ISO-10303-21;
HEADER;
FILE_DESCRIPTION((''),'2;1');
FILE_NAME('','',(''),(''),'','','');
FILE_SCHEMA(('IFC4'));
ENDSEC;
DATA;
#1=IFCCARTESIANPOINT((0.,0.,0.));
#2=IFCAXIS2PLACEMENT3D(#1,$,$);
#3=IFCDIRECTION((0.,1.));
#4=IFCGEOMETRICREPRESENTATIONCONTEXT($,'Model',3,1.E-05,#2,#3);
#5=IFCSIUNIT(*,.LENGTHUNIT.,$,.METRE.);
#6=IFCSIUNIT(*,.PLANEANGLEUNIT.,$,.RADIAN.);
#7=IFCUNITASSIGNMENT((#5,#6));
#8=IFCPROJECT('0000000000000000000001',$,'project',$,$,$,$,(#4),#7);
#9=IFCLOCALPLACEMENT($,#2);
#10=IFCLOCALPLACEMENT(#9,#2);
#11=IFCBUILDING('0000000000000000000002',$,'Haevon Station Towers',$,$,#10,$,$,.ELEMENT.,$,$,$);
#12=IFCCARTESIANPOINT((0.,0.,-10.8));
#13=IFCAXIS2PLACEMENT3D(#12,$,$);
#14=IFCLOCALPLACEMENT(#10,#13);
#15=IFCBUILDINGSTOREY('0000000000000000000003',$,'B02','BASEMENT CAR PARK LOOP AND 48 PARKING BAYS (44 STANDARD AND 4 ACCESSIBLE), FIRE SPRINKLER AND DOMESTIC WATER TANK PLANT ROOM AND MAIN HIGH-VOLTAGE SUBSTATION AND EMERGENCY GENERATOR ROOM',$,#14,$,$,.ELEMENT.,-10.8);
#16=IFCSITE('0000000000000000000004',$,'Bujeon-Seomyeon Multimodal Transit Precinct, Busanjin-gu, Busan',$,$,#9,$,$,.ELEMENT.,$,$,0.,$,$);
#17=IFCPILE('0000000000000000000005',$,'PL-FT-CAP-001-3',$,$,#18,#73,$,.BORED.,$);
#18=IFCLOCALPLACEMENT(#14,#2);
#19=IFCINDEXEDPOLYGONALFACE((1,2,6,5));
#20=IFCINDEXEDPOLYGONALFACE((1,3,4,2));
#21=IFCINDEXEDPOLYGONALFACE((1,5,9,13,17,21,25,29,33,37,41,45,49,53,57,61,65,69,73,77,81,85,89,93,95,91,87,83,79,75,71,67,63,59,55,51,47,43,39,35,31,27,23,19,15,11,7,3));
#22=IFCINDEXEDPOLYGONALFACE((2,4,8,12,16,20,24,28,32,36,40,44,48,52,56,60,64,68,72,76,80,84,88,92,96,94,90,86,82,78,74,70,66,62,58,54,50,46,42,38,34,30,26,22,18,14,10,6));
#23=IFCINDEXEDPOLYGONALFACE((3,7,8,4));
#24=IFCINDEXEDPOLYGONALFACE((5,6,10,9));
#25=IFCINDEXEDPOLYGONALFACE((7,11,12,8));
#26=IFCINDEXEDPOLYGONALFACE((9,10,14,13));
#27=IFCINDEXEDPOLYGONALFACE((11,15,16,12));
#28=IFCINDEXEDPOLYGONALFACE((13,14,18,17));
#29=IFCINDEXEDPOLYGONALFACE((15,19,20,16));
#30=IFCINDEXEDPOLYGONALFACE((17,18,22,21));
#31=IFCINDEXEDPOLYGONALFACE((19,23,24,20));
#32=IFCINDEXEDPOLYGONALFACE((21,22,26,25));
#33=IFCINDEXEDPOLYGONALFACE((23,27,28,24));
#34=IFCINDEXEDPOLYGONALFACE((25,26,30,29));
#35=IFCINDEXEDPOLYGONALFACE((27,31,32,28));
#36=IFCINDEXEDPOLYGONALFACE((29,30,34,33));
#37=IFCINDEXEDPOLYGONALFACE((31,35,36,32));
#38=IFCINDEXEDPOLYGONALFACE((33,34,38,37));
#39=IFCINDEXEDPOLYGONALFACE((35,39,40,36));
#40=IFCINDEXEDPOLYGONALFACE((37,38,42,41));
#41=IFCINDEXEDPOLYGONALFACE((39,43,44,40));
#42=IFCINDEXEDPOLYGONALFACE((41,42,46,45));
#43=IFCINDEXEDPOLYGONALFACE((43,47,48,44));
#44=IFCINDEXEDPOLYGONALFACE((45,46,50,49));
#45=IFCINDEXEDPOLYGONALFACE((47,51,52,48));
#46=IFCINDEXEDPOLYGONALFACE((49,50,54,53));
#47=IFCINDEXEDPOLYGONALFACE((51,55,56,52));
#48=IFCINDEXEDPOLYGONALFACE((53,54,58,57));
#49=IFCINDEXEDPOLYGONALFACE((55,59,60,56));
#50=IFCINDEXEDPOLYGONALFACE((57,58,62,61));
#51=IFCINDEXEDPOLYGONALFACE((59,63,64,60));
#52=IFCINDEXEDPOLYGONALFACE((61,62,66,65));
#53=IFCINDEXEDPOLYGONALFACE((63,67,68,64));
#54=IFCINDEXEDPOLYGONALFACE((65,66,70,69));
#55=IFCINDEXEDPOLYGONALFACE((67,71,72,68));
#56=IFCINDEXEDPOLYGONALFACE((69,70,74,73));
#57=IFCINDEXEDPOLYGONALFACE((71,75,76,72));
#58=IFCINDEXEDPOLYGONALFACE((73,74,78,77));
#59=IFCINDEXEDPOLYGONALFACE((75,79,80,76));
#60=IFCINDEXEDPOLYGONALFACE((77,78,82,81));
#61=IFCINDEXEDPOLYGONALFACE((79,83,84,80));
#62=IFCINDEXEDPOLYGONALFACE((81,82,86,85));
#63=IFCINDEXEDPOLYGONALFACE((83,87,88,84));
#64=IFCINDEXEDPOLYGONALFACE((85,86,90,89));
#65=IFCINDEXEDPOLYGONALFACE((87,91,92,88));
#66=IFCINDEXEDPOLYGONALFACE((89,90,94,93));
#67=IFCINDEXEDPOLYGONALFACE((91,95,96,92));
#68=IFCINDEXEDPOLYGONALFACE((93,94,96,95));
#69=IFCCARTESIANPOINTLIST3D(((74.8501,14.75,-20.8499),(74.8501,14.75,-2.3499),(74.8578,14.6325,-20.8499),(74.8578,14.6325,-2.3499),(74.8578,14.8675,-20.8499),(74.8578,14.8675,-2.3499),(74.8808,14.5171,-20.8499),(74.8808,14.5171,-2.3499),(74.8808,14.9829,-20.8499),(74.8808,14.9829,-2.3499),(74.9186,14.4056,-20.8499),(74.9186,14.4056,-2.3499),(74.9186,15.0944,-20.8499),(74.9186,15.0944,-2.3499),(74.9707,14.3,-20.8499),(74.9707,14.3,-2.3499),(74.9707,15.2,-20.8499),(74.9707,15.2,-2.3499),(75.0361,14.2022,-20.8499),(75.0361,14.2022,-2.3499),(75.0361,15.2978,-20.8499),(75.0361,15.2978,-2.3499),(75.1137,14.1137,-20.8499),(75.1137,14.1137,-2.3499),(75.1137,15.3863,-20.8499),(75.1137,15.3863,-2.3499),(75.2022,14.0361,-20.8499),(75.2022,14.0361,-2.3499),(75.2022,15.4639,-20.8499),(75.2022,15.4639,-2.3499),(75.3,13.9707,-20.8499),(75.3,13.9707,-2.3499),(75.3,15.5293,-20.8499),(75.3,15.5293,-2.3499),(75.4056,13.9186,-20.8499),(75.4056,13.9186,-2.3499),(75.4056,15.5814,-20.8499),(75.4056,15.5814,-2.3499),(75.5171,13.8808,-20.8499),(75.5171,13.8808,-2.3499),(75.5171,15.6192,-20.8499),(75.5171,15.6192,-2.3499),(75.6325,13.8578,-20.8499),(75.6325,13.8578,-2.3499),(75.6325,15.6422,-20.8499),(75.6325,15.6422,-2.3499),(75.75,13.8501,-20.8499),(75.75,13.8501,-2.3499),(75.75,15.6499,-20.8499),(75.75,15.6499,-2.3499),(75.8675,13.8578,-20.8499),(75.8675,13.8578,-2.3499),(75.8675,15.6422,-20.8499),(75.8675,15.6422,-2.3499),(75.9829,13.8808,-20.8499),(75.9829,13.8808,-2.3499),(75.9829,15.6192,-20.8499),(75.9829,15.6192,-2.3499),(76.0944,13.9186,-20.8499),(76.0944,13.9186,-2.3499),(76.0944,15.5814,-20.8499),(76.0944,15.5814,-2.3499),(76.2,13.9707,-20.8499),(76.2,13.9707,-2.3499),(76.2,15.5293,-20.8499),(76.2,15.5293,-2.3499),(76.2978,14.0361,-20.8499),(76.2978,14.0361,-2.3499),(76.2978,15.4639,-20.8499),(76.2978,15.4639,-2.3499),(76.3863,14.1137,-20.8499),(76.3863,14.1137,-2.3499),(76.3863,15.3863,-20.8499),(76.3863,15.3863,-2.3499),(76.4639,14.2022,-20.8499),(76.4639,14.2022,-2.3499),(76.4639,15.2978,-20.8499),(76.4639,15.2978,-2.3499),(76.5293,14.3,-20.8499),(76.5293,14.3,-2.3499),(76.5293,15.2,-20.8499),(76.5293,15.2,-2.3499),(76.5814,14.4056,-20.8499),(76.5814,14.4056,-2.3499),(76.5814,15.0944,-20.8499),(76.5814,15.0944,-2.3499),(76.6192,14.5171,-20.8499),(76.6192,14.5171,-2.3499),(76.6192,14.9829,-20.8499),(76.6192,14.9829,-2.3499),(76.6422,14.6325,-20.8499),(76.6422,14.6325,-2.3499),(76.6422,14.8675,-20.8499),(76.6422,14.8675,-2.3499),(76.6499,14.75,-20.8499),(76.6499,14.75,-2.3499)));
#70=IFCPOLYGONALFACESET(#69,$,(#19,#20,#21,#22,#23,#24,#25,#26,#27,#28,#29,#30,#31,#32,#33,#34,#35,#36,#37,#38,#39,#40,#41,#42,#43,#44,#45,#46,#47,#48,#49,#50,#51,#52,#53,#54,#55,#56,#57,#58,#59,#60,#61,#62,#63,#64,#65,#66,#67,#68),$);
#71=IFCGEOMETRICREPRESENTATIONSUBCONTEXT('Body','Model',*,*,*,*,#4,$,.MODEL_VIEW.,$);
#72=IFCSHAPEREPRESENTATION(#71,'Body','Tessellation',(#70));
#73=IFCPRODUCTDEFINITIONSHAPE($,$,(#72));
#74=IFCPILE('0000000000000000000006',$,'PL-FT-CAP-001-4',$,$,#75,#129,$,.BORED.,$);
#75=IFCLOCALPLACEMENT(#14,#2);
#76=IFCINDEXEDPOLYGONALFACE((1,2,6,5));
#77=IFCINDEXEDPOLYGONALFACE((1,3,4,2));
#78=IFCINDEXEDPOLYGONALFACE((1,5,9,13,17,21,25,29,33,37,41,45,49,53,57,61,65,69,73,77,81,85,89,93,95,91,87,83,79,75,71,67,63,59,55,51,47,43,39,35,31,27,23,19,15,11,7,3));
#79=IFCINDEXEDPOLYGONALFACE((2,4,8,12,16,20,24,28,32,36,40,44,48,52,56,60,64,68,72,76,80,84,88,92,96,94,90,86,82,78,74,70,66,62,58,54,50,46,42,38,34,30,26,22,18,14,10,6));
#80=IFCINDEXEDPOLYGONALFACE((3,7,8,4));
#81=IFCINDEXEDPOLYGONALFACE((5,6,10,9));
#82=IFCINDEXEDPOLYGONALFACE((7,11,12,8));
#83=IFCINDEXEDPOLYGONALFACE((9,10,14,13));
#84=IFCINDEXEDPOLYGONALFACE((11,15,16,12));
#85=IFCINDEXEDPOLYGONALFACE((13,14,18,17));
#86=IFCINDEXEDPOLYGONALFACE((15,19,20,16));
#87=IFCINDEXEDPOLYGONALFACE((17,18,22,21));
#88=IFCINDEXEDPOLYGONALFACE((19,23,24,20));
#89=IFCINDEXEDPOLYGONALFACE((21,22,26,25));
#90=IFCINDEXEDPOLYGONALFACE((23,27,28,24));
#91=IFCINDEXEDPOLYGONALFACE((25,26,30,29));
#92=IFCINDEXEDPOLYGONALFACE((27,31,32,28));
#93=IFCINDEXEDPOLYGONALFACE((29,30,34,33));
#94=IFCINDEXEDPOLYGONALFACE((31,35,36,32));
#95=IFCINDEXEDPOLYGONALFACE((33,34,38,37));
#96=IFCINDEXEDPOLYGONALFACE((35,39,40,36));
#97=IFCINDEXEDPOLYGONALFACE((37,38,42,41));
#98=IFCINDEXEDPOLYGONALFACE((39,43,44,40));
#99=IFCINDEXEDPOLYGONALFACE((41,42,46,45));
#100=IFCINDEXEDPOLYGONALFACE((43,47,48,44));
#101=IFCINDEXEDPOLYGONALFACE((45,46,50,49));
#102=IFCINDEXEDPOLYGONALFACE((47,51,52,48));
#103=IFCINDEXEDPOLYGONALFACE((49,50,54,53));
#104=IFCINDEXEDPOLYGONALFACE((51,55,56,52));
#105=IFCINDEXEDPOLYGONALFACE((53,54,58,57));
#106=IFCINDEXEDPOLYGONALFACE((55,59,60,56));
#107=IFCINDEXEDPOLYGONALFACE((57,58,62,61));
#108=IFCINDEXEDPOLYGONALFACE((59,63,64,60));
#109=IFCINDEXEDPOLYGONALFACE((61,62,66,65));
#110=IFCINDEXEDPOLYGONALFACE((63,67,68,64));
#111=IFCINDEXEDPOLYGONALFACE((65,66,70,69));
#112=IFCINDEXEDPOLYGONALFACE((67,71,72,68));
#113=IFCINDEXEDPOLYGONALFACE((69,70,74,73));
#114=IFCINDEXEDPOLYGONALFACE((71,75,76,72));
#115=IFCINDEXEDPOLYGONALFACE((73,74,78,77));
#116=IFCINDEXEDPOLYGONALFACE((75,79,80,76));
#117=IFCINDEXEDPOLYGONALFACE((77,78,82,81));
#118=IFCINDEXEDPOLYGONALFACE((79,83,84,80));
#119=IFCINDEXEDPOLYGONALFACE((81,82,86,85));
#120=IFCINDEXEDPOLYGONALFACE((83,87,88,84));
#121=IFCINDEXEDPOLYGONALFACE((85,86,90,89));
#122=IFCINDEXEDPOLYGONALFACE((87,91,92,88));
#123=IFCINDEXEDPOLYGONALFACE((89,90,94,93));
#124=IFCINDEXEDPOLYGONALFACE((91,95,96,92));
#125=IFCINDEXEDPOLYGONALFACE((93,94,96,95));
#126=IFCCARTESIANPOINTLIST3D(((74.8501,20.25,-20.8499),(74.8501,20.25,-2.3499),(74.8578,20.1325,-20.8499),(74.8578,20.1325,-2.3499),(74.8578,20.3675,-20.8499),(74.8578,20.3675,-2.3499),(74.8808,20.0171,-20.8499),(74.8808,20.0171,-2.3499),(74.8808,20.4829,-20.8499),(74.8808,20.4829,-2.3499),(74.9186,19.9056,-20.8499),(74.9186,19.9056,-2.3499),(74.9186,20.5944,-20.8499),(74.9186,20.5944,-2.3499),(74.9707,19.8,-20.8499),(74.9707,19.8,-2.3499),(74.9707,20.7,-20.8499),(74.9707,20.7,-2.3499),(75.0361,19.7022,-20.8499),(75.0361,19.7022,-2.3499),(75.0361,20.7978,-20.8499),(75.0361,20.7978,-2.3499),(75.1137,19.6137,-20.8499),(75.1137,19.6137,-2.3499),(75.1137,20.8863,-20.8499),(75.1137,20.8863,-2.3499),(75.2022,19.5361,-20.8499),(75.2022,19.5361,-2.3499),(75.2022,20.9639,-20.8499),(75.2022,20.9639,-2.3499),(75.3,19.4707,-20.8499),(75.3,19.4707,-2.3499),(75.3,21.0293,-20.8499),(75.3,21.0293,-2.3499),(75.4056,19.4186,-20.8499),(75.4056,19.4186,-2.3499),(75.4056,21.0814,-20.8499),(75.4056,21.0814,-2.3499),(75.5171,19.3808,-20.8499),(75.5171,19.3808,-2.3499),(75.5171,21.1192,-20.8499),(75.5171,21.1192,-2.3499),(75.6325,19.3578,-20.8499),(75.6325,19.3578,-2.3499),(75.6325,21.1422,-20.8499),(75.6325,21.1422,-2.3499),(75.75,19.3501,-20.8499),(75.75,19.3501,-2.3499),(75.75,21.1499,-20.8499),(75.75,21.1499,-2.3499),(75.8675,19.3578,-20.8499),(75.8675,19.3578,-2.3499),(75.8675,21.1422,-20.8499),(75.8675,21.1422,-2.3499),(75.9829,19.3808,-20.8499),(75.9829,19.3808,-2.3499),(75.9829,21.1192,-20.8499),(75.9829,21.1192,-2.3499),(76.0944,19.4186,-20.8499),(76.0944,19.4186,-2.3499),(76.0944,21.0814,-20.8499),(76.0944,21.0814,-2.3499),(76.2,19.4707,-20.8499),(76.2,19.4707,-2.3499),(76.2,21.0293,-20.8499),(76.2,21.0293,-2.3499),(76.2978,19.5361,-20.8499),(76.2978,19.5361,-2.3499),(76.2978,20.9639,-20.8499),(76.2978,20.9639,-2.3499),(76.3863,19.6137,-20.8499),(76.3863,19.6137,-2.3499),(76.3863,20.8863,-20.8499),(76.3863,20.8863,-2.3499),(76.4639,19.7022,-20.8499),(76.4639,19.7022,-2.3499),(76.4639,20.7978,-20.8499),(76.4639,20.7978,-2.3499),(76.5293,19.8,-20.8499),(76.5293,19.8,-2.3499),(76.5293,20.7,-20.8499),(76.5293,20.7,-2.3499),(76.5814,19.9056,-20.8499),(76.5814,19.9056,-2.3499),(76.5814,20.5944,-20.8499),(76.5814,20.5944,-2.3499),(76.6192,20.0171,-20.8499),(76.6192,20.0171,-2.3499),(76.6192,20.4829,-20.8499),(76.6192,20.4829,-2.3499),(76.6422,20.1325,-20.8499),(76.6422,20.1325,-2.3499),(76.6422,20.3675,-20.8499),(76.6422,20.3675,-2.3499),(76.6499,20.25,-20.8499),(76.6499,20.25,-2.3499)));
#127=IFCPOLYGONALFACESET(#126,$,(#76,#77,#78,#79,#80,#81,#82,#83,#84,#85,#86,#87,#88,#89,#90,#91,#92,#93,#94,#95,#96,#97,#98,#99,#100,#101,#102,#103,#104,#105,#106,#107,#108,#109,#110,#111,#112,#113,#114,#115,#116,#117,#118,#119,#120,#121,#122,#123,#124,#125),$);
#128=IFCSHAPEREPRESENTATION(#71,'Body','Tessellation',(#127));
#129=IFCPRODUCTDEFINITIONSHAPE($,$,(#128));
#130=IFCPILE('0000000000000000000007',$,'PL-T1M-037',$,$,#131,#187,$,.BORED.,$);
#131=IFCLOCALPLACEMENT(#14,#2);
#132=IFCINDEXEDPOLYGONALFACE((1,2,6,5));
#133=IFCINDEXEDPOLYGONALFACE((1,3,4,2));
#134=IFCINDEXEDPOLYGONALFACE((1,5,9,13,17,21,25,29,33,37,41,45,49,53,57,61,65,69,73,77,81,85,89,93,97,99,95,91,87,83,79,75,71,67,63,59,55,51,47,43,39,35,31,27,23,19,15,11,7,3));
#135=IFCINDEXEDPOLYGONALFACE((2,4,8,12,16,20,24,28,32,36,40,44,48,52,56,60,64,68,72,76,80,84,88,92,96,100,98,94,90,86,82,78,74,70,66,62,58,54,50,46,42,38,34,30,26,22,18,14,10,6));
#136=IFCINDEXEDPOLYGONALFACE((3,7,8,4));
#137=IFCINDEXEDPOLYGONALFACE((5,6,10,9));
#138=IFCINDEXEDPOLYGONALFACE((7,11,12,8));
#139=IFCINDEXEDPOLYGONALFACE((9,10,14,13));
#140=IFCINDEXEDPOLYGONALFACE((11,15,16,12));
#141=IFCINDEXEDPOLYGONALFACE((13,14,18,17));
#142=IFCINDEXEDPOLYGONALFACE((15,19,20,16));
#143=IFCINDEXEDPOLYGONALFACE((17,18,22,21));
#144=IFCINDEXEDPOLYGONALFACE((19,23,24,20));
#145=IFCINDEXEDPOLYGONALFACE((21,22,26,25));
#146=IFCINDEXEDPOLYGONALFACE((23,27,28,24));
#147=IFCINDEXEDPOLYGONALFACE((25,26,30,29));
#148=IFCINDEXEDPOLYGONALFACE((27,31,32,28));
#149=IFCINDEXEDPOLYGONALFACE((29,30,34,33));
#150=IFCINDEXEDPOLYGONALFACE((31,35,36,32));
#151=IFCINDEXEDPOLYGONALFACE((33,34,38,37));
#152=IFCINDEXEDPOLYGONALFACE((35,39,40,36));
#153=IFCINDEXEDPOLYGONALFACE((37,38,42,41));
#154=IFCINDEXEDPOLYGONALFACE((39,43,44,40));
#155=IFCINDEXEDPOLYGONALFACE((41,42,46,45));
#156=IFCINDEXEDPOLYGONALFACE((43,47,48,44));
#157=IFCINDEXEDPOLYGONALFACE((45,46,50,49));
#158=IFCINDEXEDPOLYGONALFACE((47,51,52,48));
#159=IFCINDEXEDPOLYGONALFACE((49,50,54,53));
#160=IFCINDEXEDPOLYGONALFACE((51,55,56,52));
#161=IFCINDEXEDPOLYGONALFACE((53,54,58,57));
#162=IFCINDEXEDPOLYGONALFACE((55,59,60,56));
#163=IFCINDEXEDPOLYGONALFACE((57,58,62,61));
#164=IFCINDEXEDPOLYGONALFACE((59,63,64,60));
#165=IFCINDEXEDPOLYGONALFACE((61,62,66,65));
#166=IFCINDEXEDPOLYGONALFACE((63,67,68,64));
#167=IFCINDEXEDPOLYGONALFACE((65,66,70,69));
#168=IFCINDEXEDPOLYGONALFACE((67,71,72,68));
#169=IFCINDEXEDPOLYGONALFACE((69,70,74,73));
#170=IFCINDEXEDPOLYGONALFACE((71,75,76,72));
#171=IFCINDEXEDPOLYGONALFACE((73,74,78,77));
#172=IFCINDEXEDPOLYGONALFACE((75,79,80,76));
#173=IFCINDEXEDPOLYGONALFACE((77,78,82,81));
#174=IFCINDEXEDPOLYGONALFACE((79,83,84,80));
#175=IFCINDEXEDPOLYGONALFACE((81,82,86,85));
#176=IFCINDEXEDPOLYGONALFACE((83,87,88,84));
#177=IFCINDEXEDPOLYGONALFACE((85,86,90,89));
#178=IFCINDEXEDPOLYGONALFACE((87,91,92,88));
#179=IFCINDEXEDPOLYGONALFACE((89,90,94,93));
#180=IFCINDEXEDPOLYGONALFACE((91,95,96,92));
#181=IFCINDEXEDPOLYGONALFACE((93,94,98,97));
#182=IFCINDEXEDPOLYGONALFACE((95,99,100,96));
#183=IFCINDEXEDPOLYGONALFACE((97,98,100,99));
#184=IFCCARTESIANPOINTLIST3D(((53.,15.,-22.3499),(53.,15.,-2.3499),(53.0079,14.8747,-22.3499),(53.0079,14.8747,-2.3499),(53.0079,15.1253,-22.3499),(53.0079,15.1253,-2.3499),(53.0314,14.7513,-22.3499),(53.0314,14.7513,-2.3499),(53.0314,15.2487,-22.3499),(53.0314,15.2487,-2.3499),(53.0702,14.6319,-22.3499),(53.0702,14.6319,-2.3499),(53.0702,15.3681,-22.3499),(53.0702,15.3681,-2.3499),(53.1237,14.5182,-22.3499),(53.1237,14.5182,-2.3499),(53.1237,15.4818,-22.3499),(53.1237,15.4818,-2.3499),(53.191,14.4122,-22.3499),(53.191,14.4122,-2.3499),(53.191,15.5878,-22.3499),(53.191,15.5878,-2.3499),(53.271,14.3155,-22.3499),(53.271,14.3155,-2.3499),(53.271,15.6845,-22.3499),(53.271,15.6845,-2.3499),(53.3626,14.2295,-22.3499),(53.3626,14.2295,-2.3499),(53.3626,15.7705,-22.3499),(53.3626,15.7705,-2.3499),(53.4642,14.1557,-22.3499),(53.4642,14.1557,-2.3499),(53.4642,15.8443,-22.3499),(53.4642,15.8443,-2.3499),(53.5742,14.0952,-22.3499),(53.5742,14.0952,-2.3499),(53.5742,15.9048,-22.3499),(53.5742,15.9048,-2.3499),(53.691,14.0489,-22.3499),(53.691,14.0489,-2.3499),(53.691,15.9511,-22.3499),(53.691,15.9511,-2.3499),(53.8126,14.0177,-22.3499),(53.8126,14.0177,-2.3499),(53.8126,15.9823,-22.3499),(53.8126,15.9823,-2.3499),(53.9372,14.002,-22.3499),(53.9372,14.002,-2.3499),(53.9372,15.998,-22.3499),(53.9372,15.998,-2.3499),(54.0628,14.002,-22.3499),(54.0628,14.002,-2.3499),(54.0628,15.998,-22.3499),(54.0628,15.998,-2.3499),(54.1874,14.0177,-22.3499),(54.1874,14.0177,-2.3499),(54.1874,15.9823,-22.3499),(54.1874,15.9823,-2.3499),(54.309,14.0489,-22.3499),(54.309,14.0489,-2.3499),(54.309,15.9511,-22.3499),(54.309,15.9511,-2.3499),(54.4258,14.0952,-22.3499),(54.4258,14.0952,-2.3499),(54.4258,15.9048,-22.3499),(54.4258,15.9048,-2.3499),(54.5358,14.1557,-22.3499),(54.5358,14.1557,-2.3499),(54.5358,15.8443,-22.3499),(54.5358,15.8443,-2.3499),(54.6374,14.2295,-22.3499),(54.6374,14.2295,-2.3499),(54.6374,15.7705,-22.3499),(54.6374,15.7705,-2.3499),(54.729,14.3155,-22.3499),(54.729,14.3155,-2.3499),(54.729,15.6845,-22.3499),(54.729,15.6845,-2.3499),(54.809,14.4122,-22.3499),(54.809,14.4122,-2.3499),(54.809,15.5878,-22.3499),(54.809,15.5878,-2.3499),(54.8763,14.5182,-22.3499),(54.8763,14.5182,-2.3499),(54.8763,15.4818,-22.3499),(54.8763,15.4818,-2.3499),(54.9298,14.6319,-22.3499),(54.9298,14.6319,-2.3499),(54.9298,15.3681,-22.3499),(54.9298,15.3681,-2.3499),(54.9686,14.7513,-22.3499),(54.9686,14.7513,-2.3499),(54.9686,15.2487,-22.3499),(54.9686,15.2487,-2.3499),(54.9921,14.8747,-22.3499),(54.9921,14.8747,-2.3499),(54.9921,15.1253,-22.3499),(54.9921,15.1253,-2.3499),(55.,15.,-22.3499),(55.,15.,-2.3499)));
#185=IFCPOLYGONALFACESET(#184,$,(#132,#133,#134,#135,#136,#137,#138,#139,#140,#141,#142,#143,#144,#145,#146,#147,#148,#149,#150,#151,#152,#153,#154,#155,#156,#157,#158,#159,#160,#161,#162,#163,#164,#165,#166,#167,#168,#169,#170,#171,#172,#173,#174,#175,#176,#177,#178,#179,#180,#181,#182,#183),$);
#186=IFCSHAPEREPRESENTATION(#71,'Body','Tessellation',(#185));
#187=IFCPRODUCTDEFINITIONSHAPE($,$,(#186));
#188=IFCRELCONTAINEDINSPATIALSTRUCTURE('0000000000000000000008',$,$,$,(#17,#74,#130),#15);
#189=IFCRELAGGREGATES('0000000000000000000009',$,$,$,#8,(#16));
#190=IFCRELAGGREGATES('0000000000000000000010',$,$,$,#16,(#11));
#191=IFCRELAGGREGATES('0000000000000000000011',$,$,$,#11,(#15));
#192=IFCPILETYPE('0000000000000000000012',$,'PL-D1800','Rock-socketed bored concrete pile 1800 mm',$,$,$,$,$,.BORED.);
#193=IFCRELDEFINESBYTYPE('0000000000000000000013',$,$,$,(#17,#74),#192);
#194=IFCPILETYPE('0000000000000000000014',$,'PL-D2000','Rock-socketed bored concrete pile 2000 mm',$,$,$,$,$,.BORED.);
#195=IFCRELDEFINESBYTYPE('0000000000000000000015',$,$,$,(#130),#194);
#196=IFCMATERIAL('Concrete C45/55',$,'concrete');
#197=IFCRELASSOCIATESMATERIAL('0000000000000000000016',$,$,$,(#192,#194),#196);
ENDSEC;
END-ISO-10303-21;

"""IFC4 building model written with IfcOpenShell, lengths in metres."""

from ifc_helpers import new_model, si_unit, direction, frame, origin, origin_2d, place, context, subcontext, project, spatial, circle, extrude, material, material_profile, profile_set, type_object, element, save


model = new_model("IFC4")

# Units and contexts
model_context = context("Model", 3, precision=1e-05, world=origin(), true_north=direction((0.0, 1.0)))
body_context = subcontext(model_context, "Body", "Model", "MODEL_VIEW")
ifc_project = project(units=[si_unit("LENGTHUNIT", "METRE"), si_unit("PLANEANGLEUNIT", "RADIAN")], contexts=[model_context])

# Site, building, storey
site_placement = place(None, origin())
site = spatial("IfcSite", under=ifc_project, at=site_placement, Name="Bujeon-Seomyeon Multimodal Transit Precinct, Busanjin-gu, Busan", CompositionType="ELEMENT", RefElevation=0.0)
building_placement = place(site_placement, origin())
building = spatial("IfcBuilding", under=site, at=building_placement, Name="Haevon Station Towers", CompositionType="ELEMENT")
storey_placement = place(building_placement, frame((0.0, 0.0, -10.8)))
storey = spatial("IfcBuildingStorey", under=building, at=storey_placement, Name="B02", Description="BASEMENT CAR PARK LOOP AND 48 PARKING BAYS (44 STANDARD AND 4 ACCESSIBLE), FIRE SPRINKLER AND DOMESTIC WATER TANK PLANT ROOM AND MAIN HIGH-VOLTAGE SUBSTATION AND EMERGENCY GENERATOR ROOM", CompositionType="ELEMENT", Elevation=-10.8)

# Piles
ifc_material_1 = material(Name="Concrete C45/55", Category="concrete")
ifc_material_profile_1 = material_profile(ifc_material_1, circle(Radius=0.8999, at=origin_2d()), Name="PILE-D1800")
ifc_profile_set_1 = profile_set([ifc_material_profile_1], Name="Concrete C45/55")
pile_type_1 = type_object("IfcPileType", Name="PL-D1800", Description="Rock-socketed bored concrete pile 1800 mm", PredefinedType="BORED", material=ifc_profile_set_1)
for number, where, z_axis, x_axis, name in (
    (1, (75.75, 14.75, -2.3499), (0.0, 0.0, -1.0), (1.0, 0.0, 0.0), "PL-FT-CAP-001-3"),
    (2, (75.75, 20.25, -2.3499), (0.0, 0.0, -1.0), (1.0, 0.0, 0.0), "PL-FT-CAP-001-4"),
):
    element("IfcPile", number, at=place(storey_placement, frame(where, z_axis=z_axis, x_axis=x_axis)), inside=storey, type_object=pile_type_1, Name=name, PredefinedType="BORED", context=body_context, shape_type="SweptSolid", body=[
        extrude(circle(Radius=0.8999, at=origin_2d()), origin(), (0.0, 0.0, 1.0), 18.5),
    ])
ifc_material_profile_2 = material_profile(ifc_material_1, circle(Radius=1.0, at=origin_2d()), Name="PILE-D2000")
ifc_profile_set_2 = profile_set([ifc_material_profile_2], Name="Concrete C45/55")
pile_type_2 = type_object("IfcPileType", Name="PL-D2000", Description="Rock-socketed bored concrete pile 2000 mm", PredefinedType="BORED", material=ifc_profile_set_2)
for number, where, z_axis, x_axis, name in (
    (3, (54.0, 15.0, -2.3499), (0.0, 0.0, -1.0), (1.0, 0.0, 0.0), "PL-T1M-037"),
):
    element("IfcPile", number, at=place(storey_placement, frame(where, z_axis=z_axis, x_axis=x_axis)), inside=storey, type_object=pile_type_2, Name=name, PredefinedType="BORED", context=body_context, shape_type="SweptSolid", body=[
        extrude(circle(Radius=1.0, at=origin_2d()), origin(), (0.0, 0.0, 1.0), 20.0),
    ])

save(model, "model.ifc")
